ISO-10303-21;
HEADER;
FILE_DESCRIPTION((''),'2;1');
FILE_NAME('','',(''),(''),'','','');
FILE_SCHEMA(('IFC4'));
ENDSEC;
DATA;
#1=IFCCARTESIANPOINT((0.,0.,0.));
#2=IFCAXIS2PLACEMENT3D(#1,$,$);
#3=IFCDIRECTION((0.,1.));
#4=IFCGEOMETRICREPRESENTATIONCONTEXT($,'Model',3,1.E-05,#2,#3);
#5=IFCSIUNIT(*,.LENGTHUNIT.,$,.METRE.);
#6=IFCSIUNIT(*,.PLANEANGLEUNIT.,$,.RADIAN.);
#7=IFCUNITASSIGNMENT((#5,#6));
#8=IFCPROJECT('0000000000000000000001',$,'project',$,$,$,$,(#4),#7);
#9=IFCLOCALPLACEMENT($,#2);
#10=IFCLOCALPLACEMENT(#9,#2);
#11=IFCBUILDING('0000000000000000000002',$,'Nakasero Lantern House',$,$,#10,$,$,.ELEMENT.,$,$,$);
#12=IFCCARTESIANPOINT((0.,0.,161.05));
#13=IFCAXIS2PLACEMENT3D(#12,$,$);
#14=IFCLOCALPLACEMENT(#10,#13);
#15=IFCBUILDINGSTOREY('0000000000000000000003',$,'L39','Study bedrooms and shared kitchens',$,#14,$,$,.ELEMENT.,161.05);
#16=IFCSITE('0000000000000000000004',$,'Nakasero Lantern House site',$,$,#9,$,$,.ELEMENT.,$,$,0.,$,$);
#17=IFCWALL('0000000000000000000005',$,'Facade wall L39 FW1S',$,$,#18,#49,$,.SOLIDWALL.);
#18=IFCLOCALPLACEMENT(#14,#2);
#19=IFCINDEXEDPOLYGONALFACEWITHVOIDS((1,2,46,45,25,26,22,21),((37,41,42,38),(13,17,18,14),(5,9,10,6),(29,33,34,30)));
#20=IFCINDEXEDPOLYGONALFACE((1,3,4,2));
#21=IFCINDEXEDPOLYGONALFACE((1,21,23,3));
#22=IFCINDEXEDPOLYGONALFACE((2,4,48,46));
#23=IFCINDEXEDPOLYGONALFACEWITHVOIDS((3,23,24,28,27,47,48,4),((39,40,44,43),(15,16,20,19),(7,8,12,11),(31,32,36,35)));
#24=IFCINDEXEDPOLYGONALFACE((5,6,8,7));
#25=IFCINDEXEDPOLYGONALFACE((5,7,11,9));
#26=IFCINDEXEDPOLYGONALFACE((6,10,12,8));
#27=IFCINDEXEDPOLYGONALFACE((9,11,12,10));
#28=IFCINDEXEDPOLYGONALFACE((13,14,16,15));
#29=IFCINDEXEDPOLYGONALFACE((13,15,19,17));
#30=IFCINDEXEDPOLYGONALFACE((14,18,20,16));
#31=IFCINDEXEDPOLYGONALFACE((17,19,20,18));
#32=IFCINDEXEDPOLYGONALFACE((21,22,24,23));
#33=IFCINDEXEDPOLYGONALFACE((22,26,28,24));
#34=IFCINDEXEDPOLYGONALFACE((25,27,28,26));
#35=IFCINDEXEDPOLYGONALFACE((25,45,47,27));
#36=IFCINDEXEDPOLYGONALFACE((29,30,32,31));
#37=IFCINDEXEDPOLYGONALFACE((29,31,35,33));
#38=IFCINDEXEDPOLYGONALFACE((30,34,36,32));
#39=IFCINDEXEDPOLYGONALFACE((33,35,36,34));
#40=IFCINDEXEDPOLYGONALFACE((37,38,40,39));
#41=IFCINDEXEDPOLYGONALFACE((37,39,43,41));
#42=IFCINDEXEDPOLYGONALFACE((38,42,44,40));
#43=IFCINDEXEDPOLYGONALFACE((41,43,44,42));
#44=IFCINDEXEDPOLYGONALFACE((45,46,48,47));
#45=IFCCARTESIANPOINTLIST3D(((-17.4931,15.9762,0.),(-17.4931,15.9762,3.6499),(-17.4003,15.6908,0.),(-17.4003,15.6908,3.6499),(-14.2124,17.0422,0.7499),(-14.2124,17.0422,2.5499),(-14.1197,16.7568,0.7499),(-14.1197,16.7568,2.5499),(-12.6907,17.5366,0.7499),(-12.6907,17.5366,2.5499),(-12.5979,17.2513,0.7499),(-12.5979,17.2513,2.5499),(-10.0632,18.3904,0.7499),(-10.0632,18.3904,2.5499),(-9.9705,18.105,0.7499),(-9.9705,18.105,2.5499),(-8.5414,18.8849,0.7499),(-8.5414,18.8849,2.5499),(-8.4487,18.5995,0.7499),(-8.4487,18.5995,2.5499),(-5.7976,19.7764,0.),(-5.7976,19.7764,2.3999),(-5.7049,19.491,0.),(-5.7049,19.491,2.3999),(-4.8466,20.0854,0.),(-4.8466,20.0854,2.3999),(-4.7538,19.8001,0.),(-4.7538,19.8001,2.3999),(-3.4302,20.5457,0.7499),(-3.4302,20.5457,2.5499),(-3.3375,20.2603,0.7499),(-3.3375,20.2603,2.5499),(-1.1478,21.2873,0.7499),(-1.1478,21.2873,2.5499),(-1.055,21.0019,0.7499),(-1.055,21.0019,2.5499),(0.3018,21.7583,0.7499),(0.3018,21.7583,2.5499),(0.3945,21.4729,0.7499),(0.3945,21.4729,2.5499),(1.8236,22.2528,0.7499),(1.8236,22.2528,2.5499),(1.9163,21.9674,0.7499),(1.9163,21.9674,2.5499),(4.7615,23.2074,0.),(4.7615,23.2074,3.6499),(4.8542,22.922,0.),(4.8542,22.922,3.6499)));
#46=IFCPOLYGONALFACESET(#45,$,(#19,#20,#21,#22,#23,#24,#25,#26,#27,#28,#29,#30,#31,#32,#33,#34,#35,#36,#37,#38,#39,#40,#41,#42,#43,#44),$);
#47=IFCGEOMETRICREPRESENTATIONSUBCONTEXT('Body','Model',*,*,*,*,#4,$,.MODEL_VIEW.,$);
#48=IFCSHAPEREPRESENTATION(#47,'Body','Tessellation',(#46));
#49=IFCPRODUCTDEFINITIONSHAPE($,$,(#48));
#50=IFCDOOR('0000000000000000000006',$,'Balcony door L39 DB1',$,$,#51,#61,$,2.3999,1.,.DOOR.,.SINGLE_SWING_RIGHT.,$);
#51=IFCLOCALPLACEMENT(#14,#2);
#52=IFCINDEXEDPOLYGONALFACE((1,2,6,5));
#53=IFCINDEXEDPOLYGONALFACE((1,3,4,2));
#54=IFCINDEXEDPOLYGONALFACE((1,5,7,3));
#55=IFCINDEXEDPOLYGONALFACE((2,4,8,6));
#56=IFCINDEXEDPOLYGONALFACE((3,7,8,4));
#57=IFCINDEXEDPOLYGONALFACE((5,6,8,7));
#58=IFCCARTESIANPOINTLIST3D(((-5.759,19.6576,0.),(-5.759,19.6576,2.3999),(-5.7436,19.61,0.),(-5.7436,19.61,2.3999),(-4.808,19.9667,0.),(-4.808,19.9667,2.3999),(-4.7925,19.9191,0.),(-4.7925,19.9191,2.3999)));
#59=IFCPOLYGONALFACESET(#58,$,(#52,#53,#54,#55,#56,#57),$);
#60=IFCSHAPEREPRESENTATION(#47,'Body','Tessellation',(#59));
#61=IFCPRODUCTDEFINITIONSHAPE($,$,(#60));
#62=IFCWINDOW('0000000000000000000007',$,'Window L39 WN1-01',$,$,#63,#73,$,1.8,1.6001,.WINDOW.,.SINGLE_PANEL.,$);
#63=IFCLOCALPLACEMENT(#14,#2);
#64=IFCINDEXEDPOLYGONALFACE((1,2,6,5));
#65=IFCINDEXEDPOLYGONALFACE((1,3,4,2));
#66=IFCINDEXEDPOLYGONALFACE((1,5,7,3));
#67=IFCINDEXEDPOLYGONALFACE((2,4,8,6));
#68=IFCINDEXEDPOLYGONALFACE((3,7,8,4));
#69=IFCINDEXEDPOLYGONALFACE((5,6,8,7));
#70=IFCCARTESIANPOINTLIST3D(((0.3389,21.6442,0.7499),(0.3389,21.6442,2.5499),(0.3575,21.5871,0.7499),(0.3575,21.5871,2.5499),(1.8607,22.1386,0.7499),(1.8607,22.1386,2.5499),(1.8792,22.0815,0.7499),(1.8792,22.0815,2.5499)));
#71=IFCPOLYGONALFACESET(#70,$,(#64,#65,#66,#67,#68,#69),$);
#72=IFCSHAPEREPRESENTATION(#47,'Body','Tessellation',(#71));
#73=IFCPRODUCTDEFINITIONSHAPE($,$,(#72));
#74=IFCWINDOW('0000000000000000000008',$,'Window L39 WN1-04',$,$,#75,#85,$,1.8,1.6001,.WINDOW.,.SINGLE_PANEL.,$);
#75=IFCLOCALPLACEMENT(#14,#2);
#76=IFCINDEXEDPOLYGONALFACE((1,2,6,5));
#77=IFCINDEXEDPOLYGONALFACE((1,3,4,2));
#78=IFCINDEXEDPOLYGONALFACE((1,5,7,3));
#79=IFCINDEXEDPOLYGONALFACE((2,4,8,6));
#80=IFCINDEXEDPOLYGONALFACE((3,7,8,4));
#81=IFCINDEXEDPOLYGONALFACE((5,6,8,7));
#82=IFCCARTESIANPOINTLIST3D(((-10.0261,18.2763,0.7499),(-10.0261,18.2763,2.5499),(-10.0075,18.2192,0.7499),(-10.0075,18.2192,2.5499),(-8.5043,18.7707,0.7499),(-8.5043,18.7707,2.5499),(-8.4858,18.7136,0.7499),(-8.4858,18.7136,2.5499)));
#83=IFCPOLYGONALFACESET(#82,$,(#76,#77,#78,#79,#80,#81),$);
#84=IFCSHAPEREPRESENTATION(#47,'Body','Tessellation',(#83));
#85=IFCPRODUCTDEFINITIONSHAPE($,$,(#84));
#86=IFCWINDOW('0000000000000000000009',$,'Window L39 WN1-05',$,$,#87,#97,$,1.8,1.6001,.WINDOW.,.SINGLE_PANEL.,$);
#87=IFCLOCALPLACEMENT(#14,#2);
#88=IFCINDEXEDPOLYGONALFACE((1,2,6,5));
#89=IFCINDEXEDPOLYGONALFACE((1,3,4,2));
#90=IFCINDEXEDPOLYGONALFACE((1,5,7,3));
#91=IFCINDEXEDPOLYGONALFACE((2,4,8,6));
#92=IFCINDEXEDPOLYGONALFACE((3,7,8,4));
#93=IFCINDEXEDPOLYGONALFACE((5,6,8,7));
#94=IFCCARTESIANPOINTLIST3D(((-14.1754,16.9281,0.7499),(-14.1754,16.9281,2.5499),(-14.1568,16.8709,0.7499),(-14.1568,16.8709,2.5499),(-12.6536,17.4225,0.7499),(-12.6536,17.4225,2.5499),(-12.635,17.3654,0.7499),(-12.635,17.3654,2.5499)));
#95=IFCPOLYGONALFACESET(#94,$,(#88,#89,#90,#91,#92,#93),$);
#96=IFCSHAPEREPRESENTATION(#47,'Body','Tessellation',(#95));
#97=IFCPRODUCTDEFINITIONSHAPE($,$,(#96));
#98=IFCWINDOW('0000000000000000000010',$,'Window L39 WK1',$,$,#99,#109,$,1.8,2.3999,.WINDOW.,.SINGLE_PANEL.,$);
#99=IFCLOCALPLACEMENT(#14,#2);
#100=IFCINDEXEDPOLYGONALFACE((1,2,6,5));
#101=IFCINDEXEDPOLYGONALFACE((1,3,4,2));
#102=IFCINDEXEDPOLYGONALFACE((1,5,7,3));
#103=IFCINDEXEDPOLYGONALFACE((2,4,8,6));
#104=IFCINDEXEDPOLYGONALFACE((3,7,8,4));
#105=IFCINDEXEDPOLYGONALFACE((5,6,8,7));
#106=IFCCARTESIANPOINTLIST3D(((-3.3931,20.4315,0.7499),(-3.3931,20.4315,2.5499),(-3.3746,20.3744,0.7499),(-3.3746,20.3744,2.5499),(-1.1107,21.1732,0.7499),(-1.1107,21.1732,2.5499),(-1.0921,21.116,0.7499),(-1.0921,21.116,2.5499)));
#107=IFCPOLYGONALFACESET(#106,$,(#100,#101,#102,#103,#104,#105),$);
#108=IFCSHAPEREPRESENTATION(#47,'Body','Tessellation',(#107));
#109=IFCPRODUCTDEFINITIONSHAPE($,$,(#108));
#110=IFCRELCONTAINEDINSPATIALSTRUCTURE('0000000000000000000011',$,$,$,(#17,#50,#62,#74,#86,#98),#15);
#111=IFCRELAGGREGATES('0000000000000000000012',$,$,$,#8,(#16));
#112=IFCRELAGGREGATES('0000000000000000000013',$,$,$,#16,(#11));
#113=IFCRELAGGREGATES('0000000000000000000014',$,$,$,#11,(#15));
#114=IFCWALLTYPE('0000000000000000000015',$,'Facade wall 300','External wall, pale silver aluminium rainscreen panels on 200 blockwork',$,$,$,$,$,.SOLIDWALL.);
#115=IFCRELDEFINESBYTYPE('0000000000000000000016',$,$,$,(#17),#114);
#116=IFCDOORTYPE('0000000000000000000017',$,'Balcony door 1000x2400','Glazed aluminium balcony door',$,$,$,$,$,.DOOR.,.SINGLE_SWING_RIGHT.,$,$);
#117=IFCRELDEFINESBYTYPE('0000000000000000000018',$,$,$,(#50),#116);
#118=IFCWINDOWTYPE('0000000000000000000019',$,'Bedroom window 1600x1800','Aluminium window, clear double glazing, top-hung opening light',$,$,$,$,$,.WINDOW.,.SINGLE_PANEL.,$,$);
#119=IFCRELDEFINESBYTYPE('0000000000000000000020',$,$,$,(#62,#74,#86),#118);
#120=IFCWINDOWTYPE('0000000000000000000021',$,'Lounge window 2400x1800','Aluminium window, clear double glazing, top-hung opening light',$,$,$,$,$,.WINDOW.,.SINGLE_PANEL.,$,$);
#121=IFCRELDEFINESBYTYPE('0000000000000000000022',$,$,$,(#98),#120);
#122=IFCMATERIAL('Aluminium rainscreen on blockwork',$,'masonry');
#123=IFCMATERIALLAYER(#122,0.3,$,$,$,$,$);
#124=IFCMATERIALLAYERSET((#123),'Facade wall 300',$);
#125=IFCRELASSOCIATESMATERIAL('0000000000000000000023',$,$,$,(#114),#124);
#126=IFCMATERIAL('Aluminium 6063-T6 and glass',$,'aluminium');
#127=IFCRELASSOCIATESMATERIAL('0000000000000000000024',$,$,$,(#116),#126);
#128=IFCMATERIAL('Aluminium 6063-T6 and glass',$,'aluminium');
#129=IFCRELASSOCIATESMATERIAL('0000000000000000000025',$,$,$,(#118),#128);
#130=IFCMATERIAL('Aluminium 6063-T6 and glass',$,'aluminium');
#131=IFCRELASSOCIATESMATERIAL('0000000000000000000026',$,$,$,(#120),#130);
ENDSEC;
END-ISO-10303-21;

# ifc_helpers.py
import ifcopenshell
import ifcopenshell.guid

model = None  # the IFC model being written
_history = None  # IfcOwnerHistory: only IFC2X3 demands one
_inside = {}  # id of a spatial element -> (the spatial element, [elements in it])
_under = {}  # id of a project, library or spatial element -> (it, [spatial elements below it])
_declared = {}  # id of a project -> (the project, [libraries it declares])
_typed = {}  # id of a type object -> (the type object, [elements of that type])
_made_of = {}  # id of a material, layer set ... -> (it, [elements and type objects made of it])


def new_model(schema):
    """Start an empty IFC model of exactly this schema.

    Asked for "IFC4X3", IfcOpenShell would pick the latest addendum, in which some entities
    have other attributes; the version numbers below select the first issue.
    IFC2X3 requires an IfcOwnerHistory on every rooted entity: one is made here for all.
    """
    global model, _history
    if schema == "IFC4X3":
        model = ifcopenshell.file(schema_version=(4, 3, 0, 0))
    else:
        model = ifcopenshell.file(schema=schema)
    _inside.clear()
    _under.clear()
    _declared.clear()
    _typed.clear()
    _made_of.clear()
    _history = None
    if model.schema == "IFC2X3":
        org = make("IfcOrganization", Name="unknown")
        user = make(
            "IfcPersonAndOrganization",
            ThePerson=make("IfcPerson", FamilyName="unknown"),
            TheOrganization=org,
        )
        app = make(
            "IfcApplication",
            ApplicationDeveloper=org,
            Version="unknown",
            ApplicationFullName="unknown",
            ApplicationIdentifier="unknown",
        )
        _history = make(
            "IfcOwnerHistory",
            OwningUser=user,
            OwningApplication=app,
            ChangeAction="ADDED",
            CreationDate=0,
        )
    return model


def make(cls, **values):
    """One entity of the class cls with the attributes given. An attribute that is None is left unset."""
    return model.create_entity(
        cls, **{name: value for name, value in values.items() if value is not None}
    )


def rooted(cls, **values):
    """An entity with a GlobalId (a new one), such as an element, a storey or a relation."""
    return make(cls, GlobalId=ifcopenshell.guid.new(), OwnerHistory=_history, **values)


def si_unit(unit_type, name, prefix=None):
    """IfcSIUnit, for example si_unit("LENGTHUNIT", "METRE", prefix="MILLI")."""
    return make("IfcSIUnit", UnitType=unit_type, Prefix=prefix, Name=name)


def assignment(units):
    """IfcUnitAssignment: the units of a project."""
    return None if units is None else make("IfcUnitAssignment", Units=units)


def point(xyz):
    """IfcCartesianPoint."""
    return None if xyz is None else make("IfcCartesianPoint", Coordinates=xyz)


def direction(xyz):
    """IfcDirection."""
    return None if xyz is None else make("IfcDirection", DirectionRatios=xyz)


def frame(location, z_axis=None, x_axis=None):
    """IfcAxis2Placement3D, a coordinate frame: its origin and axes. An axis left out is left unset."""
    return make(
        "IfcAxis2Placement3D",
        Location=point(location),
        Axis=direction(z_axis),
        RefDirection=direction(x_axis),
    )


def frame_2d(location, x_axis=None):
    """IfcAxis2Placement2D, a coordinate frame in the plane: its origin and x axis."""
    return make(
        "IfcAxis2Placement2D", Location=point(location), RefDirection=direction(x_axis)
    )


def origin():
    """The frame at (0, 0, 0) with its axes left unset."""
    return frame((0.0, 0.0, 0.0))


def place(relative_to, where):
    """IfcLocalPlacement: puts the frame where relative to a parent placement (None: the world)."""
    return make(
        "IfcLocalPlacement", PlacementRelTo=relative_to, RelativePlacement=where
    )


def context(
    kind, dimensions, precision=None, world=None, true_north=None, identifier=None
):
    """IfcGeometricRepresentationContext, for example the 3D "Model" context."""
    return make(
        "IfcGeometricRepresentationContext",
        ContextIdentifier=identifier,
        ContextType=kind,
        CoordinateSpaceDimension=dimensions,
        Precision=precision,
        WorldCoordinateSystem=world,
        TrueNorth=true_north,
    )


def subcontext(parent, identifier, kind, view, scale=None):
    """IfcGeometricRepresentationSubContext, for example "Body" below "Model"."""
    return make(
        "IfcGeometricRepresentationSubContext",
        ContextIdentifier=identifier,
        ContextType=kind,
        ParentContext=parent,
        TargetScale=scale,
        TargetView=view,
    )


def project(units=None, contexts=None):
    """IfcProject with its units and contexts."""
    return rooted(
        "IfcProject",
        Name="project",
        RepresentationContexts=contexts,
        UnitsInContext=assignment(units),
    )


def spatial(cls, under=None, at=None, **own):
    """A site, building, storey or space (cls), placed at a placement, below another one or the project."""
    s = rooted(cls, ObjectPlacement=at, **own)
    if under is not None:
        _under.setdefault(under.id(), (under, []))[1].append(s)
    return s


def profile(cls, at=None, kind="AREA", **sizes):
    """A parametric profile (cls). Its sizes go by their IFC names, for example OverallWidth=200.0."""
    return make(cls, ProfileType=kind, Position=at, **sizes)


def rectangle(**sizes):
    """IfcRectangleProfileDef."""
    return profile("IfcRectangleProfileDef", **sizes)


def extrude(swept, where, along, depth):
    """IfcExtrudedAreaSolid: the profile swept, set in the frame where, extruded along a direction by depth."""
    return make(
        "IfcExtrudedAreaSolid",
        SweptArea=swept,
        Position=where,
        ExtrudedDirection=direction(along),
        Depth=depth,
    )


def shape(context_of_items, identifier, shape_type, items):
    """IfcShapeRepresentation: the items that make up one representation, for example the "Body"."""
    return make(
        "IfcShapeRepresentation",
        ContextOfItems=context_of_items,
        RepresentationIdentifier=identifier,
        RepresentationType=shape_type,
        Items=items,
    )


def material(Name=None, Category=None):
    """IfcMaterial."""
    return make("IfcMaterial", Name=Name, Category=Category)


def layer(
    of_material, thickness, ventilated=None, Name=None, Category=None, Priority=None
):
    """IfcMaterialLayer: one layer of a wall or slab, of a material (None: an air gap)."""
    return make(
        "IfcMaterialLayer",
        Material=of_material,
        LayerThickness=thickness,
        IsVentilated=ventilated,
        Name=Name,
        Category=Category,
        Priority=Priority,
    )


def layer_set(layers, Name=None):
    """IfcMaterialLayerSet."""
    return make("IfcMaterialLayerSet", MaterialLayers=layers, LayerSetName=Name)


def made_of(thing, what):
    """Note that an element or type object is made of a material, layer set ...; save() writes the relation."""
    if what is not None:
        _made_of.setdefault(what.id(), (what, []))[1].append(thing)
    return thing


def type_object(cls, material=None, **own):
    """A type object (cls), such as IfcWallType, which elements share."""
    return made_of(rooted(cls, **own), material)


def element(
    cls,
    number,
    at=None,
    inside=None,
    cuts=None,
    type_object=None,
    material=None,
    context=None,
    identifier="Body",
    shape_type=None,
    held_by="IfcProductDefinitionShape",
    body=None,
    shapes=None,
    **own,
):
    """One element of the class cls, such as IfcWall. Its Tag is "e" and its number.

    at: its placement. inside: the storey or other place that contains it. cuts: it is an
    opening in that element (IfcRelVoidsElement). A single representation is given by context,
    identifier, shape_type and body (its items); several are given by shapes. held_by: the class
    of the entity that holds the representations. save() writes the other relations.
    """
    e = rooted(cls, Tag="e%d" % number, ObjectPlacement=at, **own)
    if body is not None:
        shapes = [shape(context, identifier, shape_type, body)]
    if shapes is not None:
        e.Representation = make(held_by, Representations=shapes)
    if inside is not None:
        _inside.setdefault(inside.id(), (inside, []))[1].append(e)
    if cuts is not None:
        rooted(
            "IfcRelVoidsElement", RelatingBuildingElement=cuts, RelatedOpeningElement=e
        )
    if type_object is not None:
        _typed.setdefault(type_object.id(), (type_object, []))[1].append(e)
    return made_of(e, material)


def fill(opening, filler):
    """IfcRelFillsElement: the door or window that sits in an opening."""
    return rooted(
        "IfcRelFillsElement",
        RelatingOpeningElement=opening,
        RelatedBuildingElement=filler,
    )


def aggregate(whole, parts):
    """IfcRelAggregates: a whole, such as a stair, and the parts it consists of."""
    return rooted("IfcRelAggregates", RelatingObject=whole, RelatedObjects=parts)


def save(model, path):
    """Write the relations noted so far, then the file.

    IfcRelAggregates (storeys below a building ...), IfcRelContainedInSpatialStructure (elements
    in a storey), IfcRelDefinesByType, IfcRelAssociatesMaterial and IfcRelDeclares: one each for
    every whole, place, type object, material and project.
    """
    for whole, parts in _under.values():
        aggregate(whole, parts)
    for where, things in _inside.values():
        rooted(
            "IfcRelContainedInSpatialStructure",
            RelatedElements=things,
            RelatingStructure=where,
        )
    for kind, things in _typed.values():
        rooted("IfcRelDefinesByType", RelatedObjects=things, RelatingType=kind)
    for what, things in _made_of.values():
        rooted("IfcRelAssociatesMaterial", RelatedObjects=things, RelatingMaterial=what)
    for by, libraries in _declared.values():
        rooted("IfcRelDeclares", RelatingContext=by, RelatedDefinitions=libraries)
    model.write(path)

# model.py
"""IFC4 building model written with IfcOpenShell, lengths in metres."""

from ifc_helpers import new_model, si_unit, direction, frame, frame_2d, origin, place, context, subcontext, project, spatial, rectangle, extrude, material, layer, layer_set, type_object, element, fill, save


model = new_model("IFC4")

# Units and contexts
model_context = context("Model", 3, precision=1e-05, world=origin(), true_north=direction((0.0, 1.0)))
body_context = subcontext(model_context, "Body", "Model", "MODEL_VIEW")
ifc_project = project(units=[si_unit("LENGTHUNIT", "METRE"), si_unit("PLANEANGLEUNIT", "RADIAN")], contexts=[model_context])

# Site, building, storey
site_placement = place(None, origin())
site = spatial("IfcSite", under=ifc_project, at=site_placement, Name="Nakasero Lantern House site", CompositionType="ELEMENT", RefElevation=0.0)
building_placement = place(site_placement, origin())
building = spatial("IfcBuilding", under=site, at=building_placement, Name="Nakasero Lantern House", CompositionType="ELEMENT")
storey_placement = place(building_placement, frame((0.0, 0.0, 161.05)))
storey = spatial("IfcBuildingStorey", under=building, at=storey_placement, Name="L39", Description="Study bedrooms and shared kitchens", CompositionType="ELEMENT", Elevation=161.05)

# Wall, openings, door, windows
ifc_material_1 = material(Name="Aluminium rainscreen on blockwork", Category="masonry")
ifc_layer_1 = layer(ifc_material_1, 0.3)
ifc_layer_set_1 = layer_set([ifc_layer_1], Name="Facade wall 300")
wall_type_1 = type_object("IfcWallType", Name="Facade wall 300", Description="External wall, pale silver aluminium rainscreen panels on 200 blockwork", PredefinedType="SOLIDWALL", material=ifc_layer_set_1)
wall_1_placement = place(storey_placement, frame((4.8079, 23.0647, 0.0), z_axis=(0.0, 0.0, 1.0), x_axis=(-0.951054, -0.309026, 0.0)))
wall_1 = element("IfcWall", 1, at=wall_1_placement, inside=storey, type_object=wall_type_1, Name="Facade wall L39 FW1S", PredefinedType="SOLIDWALL", context=body_context, shape_type="SweptSolid", body=[
    extrude(rectangle(XDim=23.3999, YDim=0.3, at=frame_2d((11.7, 0.0))), origin(), (0.0, 0.0, 1.0), 3.6499),
])
opening_1_placement = place(wall_1_placement, frame((3.0891, 0.0, 0.75)))
opening_1 = element("IfcOpeningElement", 2, at=opening_1_placement, cuts=wall_1, PredefinedType="OPENING", context=body_context, shape_type="SweptSolid", body=[
    extrude(rectangle(XDim=1.6001, YDim=1.8, at=frame_2d((0.8, 0.8999))), frame((0.0, 0.1699, 0.0), z_axis=(0.0, -1.0, 0.0), x_axis=(1.0, 0.0, 0.0)), (0.0, 0.0, 1.0), 0.3401),
])
opening_2_placement = place(wall_1_placement, frame((13.9875, 0.0, 0.75)))
opening_2 = element("IfcOpeningElement", 3, at=opening_2_placement, cuts=wall_1, PredefinedType="OPENING", context=body_context, shape_type="SweptSolid", body=[
    extrude(rectangle(XDim=1.6001, YDim=1.8, at=frame_2d((0.8, 0.8999))), frame((0.0, 0.1699, 0.0), z_axis=(0.0, -1.0, 0.0), x_axis=(1.0, 0.0, 0.0)), (0.0, 0.0, 1.0), 0.3401),
])
opening_3_placement = place(wall_1_placement, frame((18.3503, 0.0, 0.75)))
opening_3 = element("IfcOpeningElement", 4, at=opening_3_placement, cuts=wall_1, PredefinedType="OPENING", context=body_context, shape_type="SweptSolid", body=[
    extrude(rectangle(XDim=1.6001, YDim=1.8, at=frame_2d((0.8, 0.8999))), frame((0.0, 0.1699, 0.0), z_axis=(0.0, -1.0, 0.0), x_axis=(1.0, 0.0, 0.0)), (0.0, 0.0, 1.0), 0.3401),
])
opening_4_placement = place(wall_1_placement, frame((6.2134, 0.0, 0.75)))
opening_4 = element("IfcOpeningElement", 5, at=opening_4_placement, cuts=wall_1, PredefinedType="OPENING", context=body_context, shape_type="SweptSolid", body=[
    extrude(rectangle(XDim=2.3999, YDim=1.8, at=frame_2d((1.2, 0.8999))), frame((0.0, 0.1699, 0.0), z_axis=(0.0, -1.0, 0.0), x_axis=(1.0, 0.0, 0.0)), (0.0, 0.0, 1.0), 0.3401),
])
opening_5_placement = place(wall_1_placement, frame((10.1025, 0.0, 0.0)))
opening_5 = element("IfcOpeningElement", 6, at=opening_5_placement, cuts=wall_1, PredefinedType="OPENING", context=body_context, shape_type="SweptSolid", body=[
    extrude(rectangle(XDim=1.0, YDim=2.3999, at=frame_2d((0.5, 1.2))), frame((0.0, 0.1699, 0.0), z_axis=(0.0, -1.0, 0.0), x_axis=(1.0, 0.0, 0.0)), (0.0, 0.0, 1.0), 0.3401),
])
ifc_material_2 = material(Name="Aluminium 6063-T6 and glass", Category="aluminium")
door_type_1 = type_object("IfcDoorType", Name="Balcony door 1000x2400", Description="Glazed aluminium balcony door", OperationType="SINGLE_SWING_RIGHT", PredefinedType="DOOR", material=ifc_material_2)
door_1_placement = place(opening_5_placement, origin())
door_1 = element("IfcDoor", 7, at=door_1_placement, inside=storey, type_object=door_type_1, Name="Balcony door L39 DB1", OperationType="SINGLE_SWING_RIGHT", OverallHeight=2.3999, OverallWidth=1.0, PredefinedType="DOOR", context=body_context, shape_type="SweptSolid", body=[
    extrude(rectangle(XDim=1.0, YDim=2.3999, at=frame_2d((0.5, 1.2))), frame((0.0, 0.0249, 0.0), z_axis=(0.0, -1.0, 0.0), x_axis=(1.0, 0.0, 0.0)), (0.0, 0.0, 1.0), 0.05),
])
fill(opening_5, door_1)
ifc_material_3 = material(Name="Aluminium 6063-T6 and glass", Category="aluminium")
window_type_1 = type_object("IfcWindowType", Name="Bedroom window 1600x1800", Description="Aluminium window, clear double glazing, top-hung opening light", PartitioningType="SINGLE_PANEL", PredefinedType="WINDOW", material=ifc_material_3)
window_1_placement = place(opening_1_placement, origin())
window_1 = element("IfcWindow", 8, at=window_1_placement, inside=storey, type_object=window_type_1, Name="Window L39 WN1-01", OverallHeight=1.8, OverallWidth=1.6001, PartitioningType="SINGLE_PANEL", PredefinedType="WINDOW", context=body_context, shape_type="SweptSolid", body=[
    extrude(rectangle(XDim=1.6001, YDim=1.8, at=frame_2d((0.8, 0.8999))), frame((0.0, 0.03, 0.0), z_axis=(0.0, -1.0, 0.0), x_axis=(1.0, 0.0, 0.0)), (0.0, 0.0, 1.0), 0.0601),
])
fill(opening_1, window_1)
window_2_placement = place(opening_2_placement, origin())
window_2 = element("IfcWindow", 9, at=window_2_placement, inside=storey, type_object=window_type_1, Name="Window L39 WN1-04", OverallHeight=1.8, OverallWidth=1.6001, PartitioningType="SINGLE_PANEL", PredefinedType="WINDOW", context=body_context, shape_type="SweptSolid", body=[
    extrude(rectangle(XDim=1.6001, YDim=1.8, at=frame_2d((0.8, 0.8999))), frame((0.0, 0.03, 0.0), z_axis=(0.0, -1.0, 0.0), x_axis=(1.0, 0.0, 0.0)), (0.0, 0.0, 1.0), 0.0601),
])
fill(opening_2, window_2)
window_3_placement = place(opening_3_placement, origin())
window_3 = element("IfcWindow", 10, at=window_3_placement, inside=storey, type_object=window_type_1, Name="Window L39 WN1-05", OverallHeight=1.8, OverallWidth=1.6001, PartitioningType="SINGLE_PANEL", PredefinedType="WINDOW", context=body_context, shape_type="SweptSolid", body=[
    extrude(rectangle(XDim=1.6001, YDim=1.8, at=frame_2d((0.8, 0.8999))), frame((0.0, 0.03, 0.0), z_axis=(0.0, -1.0, 0.0), x_axis=(1.0, 0.0, 0.0)), (0.0, 0.0, 1.0), 0.0601),
])
fill(opening_3, window_3)
ifc_material_4 = material(Name="Aluminium 6063-T6 and glass", Category="aluminium")
window_type_2 = type_object("IfcWindowType", Name="Lounge window 2400x1800", Description="Aluminium window, clear double glazing, top-hung opening light", PartitioningType="SINGLE_PANEL", PredefinedType="WINDOW", material=ifc_material_4)
window_4_placement = place(opening_4_placement, origin())
window_4 = element("IfcWindow", 11, at=window_4_placement, inside=storey, type_object=window_type_2, Name="Window L39 WK1", OverallHeight=1.8, OverallWidth=2.3999, PartitioningType="SINGLE_PANEL", PredefinedType="WINDOW", context=body_context, shape_type="SweptSolid", body=[
    extrude(rectangle(XDim=2.3999, YDim=1.8, at=frame_2d((1.2, 0.8999))), frame((0.0, 0.03, 0.0), z_axis=(0.0, -1.0, 0.0), x_axis=(1.0, 0.0, 0.0)), (0.0, 0.0, 1.0), 0.0601),
])
fill(opening_4, window_4)

save(model, "model.ifc")
